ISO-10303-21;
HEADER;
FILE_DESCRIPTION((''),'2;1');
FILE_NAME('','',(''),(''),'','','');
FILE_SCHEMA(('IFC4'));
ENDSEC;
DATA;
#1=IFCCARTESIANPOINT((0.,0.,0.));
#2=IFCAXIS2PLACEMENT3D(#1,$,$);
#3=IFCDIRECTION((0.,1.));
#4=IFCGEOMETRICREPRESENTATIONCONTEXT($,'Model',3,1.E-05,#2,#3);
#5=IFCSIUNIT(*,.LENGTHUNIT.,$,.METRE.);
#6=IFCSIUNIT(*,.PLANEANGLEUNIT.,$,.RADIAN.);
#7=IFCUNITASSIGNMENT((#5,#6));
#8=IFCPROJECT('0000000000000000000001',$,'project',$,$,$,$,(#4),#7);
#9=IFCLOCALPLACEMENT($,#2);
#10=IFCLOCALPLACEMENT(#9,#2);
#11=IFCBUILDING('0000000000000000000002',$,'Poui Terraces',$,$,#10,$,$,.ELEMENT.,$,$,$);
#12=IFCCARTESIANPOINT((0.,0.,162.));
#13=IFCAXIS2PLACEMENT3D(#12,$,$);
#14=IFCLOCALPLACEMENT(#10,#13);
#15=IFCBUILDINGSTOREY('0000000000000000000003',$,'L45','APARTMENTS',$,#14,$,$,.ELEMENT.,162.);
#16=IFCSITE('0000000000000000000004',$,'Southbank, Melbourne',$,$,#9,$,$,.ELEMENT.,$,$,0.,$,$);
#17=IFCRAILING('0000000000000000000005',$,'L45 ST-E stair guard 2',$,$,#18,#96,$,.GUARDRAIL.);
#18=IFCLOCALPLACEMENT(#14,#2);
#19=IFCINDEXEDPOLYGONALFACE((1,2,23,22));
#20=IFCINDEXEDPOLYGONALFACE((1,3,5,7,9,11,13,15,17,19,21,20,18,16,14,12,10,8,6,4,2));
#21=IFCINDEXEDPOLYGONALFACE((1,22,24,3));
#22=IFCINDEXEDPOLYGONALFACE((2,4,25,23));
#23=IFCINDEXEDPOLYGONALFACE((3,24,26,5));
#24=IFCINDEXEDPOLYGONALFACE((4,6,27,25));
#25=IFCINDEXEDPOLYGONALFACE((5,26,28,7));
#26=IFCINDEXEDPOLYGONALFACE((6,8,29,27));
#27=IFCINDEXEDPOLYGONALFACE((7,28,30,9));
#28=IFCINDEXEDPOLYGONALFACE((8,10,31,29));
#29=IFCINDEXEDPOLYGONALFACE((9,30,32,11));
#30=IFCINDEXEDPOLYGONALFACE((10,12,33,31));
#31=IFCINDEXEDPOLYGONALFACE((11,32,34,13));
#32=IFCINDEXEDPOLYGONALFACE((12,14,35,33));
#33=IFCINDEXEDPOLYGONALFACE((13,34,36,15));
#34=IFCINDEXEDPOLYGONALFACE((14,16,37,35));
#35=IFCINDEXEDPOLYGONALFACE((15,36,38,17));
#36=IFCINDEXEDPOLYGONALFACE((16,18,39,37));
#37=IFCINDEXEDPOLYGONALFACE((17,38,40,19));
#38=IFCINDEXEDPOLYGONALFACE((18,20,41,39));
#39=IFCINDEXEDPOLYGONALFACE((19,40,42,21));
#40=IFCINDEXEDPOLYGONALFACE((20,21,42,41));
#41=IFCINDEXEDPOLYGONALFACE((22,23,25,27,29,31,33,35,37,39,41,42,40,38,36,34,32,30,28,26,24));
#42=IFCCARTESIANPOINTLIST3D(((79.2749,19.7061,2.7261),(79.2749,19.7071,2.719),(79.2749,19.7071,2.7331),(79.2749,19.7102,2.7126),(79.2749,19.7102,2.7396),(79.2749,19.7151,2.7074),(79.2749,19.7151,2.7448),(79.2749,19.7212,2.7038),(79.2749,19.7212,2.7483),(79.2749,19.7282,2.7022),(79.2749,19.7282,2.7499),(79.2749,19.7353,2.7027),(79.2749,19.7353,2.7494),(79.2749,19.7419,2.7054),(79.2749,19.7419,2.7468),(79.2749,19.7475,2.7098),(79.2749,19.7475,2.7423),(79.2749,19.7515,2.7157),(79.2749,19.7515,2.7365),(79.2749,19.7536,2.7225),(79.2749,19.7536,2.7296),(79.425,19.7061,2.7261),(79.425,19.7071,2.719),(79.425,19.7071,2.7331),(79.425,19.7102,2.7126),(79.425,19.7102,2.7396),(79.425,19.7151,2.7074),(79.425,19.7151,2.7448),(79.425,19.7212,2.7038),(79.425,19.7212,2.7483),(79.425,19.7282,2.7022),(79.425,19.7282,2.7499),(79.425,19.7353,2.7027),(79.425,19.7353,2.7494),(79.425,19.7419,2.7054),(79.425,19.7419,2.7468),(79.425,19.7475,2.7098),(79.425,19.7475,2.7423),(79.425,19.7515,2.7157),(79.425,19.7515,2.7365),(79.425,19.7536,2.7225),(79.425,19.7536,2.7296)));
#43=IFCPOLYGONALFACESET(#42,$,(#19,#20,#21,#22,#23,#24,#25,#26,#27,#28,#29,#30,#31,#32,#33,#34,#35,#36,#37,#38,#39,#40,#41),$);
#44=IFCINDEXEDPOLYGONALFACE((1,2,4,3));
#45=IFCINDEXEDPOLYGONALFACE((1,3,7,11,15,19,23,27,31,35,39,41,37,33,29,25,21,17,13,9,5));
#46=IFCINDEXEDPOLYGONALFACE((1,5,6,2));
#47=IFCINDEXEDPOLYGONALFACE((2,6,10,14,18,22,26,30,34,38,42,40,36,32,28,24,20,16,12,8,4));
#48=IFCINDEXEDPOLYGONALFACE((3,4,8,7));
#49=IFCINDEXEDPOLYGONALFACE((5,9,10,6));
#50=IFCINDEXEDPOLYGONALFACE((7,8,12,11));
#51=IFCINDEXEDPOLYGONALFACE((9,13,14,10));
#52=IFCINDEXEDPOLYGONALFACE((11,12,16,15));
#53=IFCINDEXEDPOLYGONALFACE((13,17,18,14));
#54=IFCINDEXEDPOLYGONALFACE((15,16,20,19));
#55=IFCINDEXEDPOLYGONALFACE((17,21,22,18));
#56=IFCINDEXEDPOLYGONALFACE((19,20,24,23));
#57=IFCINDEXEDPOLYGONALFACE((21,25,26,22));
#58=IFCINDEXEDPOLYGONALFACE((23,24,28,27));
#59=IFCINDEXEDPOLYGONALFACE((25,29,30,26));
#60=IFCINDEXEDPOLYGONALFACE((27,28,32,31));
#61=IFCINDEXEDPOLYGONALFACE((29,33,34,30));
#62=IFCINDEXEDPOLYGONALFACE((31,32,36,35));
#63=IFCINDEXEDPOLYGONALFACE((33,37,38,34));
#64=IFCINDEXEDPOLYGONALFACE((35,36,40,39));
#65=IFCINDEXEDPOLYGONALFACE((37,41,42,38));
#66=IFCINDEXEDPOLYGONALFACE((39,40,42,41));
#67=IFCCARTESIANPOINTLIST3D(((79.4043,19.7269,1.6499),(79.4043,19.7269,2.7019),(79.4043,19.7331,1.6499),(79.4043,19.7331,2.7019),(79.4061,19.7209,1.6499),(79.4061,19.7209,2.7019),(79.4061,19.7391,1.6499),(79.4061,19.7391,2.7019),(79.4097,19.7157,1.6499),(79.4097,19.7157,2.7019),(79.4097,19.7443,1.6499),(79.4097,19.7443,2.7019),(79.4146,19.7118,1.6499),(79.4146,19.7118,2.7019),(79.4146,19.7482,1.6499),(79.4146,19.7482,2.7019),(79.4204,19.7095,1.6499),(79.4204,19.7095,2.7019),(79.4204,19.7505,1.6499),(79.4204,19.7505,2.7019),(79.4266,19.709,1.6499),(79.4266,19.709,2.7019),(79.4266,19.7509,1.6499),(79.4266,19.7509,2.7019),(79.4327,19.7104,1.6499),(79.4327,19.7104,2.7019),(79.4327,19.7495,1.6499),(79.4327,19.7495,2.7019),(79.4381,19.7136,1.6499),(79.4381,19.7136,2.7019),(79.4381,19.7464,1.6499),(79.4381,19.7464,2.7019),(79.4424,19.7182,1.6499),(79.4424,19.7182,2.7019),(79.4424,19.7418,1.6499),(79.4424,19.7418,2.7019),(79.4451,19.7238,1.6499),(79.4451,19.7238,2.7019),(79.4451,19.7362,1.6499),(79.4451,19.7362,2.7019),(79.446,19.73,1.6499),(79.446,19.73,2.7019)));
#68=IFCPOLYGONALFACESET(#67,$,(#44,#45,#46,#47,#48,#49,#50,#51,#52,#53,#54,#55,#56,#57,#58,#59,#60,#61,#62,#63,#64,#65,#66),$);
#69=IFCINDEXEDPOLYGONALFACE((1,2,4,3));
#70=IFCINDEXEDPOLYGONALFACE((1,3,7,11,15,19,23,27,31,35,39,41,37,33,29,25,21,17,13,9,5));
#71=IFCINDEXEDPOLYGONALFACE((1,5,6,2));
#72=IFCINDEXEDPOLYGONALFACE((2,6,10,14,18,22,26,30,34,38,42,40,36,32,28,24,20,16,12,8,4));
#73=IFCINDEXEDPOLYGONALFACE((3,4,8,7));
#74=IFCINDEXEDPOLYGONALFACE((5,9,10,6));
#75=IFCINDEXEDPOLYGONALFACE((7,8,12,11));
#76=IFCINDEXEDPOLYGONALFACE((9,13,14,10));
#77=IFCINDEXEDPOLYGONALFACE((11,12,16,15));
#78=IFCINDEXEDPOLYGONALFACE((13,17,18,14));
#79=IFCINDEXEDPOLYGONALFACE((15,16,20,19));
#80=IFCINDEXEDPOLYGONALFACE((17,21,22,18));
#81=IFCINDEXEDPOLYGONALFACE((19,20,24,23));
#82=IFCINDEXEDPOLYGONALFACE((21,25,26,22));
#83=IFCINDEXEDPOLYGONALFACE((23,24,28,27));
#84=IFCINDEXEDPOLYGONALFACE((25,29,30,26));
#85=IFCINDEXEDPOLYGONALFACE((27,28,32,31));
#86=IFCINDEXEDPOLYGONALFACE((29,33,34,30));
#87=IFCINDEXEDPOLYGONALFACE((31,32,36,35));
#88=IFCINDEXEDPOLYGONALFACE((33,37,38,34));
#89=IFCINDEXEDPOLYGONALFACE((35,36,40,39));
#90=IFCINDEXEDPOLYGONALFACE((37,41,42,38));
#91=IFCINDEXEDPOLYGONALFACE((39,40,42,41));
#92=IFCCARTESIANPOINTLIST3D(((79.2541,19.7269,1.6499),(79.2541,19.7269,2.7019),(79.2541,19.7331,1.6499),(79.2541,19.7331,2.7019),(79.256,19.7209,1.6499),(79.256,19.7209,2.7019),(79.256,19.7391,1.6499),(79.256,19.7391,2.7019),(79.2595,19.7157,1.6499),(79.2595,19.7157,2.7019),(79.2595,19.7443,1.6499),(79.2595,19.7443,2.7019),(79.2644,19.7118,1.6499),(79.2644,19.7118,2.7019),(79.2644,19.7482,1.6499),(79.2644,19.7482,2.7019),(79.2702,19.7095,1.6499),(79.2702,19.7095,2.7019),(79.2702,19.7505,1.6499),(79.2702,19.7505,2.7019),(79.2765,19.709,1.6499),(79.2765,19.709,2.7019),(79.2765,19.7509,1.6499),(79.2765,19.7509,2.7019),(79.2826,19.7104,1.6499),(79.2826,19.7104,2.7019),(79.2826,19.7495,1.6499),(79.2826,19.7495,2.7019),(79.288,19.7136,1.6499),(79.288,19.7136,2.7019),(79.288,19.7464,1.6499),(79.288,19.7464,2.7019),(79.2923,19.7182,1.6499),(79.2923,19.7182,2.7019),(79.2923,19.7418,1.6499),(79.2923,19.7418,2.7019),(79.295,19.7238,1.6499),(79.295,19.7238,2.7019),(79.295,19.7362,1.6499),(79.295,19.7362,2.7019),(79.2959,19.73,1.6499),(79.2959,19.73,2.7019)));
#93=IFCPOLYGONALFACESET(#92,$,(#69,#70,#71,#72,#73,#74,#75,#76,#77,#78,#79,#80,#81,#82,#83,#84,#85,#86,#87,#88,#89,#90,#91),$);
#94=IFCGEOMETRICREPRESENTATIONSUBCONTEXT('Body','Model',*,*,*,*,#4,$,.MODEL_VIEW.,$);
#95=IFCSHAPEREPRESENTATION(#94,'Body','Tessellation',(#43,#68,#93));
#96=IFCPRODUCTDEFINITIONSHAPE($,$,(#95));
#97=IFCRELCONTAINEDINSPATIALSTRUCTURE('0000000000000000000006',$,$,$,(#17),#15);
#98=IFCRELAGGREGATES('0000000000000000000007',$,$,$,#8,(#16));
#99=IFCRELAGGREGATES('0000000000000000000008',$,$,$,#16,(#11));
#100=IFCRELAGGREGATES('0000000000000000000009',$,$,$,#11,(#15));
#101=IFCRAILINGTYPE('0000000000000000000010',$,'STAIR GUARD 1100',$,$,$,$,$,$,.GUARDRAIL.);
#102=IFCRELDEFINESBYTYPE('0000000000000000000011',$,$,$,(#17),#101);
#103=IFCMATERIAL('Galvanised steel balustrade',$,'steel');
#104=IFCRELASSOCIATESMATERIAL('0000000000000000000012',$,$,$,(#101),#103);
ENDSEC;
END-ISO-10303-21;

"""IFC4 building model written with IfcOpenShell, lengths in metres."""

from ifc_helpers import new_model, si_unit, direction, frame, origin, origin_2d, place, context, subcontext, project, spatial, circle, extrude, material, type_object, element, save


model = new_model("IFC4")

# Units and contexts
model_context = context("Model", 3, precision=1e-05, world=origin(), true_north=direction((0.0, 1.0)))
body_context = subcontext(model_context, "Body", "Model", "MODEL_VIEW")
ifc_project = project(units=[si_unit("LENGTHUNIT", "METRE"), si_unit("PLANEANGLEUNIT", "RADIAN")], contexts=[model_context])

# Site, building, storey
site_placement = place(None, origin())
site = spatial("IfcSite", under=ifc_project, at=site_placement, Name="Southbank, Melbourne", CompositionType="ELEMENT", RefElevation=0.0)
building_placement = place(site_placement, origin())
building = spatial("IfcBuilding", under=site, at=building_placement, Name="Poui Terraces", CompositionType="ELEMENT")
storey_placement = place(building_placement, frame((0.0, 0.0, 162.0)))
storey = spatial("IfcBuildingStorey", under=building, at=storey_placement, Name="L45", Description="APARTMENTS", CompositionType="ELEMENT", Elevation=162.0)

# Railing
ifc_material_1 = material(Name="Galvanised steel balustrade", Category="steel")
railing_type = type_object("IfcRailingType", Name="STAIR GUARD 1100", PredefinedType="GUARDRAIL", material=ifc_material_1)
for number, where, name in (
    (1, (79.425, 19.73, 1.6499), "L45 ST-E stair guard 2"),
):
    element("IfcRailing", number, at=place(storey_placement, frame(where)), inside=storey, type_object=railing_type, Name=name, PredefinedType="GUARDRAIL", context=body_context, shape_type="SweptSolid", body=[
        extrude(circle(Radius=0.0239, at=origin_2d()), frame((0.0, 0.0, 1.0762), z_axis=(-1.0, 0.0, 0.0), x_axis=(0.0, -1.0, 0.0)), (0.0, 0.0, 1.0), 0.1501),
        extrude(circle(Radius=0.021, at=origin_2d()), origin(), (0.0, 0.0, 1.0), 1.052),
        extrude(circle(Radius=0.021, at=origin_2d()), frame((-0.1501, 0.0, 0.0)), (0.0, 0.0, 1.0), 1.052),
    ])

save(model, "model.ifc")
